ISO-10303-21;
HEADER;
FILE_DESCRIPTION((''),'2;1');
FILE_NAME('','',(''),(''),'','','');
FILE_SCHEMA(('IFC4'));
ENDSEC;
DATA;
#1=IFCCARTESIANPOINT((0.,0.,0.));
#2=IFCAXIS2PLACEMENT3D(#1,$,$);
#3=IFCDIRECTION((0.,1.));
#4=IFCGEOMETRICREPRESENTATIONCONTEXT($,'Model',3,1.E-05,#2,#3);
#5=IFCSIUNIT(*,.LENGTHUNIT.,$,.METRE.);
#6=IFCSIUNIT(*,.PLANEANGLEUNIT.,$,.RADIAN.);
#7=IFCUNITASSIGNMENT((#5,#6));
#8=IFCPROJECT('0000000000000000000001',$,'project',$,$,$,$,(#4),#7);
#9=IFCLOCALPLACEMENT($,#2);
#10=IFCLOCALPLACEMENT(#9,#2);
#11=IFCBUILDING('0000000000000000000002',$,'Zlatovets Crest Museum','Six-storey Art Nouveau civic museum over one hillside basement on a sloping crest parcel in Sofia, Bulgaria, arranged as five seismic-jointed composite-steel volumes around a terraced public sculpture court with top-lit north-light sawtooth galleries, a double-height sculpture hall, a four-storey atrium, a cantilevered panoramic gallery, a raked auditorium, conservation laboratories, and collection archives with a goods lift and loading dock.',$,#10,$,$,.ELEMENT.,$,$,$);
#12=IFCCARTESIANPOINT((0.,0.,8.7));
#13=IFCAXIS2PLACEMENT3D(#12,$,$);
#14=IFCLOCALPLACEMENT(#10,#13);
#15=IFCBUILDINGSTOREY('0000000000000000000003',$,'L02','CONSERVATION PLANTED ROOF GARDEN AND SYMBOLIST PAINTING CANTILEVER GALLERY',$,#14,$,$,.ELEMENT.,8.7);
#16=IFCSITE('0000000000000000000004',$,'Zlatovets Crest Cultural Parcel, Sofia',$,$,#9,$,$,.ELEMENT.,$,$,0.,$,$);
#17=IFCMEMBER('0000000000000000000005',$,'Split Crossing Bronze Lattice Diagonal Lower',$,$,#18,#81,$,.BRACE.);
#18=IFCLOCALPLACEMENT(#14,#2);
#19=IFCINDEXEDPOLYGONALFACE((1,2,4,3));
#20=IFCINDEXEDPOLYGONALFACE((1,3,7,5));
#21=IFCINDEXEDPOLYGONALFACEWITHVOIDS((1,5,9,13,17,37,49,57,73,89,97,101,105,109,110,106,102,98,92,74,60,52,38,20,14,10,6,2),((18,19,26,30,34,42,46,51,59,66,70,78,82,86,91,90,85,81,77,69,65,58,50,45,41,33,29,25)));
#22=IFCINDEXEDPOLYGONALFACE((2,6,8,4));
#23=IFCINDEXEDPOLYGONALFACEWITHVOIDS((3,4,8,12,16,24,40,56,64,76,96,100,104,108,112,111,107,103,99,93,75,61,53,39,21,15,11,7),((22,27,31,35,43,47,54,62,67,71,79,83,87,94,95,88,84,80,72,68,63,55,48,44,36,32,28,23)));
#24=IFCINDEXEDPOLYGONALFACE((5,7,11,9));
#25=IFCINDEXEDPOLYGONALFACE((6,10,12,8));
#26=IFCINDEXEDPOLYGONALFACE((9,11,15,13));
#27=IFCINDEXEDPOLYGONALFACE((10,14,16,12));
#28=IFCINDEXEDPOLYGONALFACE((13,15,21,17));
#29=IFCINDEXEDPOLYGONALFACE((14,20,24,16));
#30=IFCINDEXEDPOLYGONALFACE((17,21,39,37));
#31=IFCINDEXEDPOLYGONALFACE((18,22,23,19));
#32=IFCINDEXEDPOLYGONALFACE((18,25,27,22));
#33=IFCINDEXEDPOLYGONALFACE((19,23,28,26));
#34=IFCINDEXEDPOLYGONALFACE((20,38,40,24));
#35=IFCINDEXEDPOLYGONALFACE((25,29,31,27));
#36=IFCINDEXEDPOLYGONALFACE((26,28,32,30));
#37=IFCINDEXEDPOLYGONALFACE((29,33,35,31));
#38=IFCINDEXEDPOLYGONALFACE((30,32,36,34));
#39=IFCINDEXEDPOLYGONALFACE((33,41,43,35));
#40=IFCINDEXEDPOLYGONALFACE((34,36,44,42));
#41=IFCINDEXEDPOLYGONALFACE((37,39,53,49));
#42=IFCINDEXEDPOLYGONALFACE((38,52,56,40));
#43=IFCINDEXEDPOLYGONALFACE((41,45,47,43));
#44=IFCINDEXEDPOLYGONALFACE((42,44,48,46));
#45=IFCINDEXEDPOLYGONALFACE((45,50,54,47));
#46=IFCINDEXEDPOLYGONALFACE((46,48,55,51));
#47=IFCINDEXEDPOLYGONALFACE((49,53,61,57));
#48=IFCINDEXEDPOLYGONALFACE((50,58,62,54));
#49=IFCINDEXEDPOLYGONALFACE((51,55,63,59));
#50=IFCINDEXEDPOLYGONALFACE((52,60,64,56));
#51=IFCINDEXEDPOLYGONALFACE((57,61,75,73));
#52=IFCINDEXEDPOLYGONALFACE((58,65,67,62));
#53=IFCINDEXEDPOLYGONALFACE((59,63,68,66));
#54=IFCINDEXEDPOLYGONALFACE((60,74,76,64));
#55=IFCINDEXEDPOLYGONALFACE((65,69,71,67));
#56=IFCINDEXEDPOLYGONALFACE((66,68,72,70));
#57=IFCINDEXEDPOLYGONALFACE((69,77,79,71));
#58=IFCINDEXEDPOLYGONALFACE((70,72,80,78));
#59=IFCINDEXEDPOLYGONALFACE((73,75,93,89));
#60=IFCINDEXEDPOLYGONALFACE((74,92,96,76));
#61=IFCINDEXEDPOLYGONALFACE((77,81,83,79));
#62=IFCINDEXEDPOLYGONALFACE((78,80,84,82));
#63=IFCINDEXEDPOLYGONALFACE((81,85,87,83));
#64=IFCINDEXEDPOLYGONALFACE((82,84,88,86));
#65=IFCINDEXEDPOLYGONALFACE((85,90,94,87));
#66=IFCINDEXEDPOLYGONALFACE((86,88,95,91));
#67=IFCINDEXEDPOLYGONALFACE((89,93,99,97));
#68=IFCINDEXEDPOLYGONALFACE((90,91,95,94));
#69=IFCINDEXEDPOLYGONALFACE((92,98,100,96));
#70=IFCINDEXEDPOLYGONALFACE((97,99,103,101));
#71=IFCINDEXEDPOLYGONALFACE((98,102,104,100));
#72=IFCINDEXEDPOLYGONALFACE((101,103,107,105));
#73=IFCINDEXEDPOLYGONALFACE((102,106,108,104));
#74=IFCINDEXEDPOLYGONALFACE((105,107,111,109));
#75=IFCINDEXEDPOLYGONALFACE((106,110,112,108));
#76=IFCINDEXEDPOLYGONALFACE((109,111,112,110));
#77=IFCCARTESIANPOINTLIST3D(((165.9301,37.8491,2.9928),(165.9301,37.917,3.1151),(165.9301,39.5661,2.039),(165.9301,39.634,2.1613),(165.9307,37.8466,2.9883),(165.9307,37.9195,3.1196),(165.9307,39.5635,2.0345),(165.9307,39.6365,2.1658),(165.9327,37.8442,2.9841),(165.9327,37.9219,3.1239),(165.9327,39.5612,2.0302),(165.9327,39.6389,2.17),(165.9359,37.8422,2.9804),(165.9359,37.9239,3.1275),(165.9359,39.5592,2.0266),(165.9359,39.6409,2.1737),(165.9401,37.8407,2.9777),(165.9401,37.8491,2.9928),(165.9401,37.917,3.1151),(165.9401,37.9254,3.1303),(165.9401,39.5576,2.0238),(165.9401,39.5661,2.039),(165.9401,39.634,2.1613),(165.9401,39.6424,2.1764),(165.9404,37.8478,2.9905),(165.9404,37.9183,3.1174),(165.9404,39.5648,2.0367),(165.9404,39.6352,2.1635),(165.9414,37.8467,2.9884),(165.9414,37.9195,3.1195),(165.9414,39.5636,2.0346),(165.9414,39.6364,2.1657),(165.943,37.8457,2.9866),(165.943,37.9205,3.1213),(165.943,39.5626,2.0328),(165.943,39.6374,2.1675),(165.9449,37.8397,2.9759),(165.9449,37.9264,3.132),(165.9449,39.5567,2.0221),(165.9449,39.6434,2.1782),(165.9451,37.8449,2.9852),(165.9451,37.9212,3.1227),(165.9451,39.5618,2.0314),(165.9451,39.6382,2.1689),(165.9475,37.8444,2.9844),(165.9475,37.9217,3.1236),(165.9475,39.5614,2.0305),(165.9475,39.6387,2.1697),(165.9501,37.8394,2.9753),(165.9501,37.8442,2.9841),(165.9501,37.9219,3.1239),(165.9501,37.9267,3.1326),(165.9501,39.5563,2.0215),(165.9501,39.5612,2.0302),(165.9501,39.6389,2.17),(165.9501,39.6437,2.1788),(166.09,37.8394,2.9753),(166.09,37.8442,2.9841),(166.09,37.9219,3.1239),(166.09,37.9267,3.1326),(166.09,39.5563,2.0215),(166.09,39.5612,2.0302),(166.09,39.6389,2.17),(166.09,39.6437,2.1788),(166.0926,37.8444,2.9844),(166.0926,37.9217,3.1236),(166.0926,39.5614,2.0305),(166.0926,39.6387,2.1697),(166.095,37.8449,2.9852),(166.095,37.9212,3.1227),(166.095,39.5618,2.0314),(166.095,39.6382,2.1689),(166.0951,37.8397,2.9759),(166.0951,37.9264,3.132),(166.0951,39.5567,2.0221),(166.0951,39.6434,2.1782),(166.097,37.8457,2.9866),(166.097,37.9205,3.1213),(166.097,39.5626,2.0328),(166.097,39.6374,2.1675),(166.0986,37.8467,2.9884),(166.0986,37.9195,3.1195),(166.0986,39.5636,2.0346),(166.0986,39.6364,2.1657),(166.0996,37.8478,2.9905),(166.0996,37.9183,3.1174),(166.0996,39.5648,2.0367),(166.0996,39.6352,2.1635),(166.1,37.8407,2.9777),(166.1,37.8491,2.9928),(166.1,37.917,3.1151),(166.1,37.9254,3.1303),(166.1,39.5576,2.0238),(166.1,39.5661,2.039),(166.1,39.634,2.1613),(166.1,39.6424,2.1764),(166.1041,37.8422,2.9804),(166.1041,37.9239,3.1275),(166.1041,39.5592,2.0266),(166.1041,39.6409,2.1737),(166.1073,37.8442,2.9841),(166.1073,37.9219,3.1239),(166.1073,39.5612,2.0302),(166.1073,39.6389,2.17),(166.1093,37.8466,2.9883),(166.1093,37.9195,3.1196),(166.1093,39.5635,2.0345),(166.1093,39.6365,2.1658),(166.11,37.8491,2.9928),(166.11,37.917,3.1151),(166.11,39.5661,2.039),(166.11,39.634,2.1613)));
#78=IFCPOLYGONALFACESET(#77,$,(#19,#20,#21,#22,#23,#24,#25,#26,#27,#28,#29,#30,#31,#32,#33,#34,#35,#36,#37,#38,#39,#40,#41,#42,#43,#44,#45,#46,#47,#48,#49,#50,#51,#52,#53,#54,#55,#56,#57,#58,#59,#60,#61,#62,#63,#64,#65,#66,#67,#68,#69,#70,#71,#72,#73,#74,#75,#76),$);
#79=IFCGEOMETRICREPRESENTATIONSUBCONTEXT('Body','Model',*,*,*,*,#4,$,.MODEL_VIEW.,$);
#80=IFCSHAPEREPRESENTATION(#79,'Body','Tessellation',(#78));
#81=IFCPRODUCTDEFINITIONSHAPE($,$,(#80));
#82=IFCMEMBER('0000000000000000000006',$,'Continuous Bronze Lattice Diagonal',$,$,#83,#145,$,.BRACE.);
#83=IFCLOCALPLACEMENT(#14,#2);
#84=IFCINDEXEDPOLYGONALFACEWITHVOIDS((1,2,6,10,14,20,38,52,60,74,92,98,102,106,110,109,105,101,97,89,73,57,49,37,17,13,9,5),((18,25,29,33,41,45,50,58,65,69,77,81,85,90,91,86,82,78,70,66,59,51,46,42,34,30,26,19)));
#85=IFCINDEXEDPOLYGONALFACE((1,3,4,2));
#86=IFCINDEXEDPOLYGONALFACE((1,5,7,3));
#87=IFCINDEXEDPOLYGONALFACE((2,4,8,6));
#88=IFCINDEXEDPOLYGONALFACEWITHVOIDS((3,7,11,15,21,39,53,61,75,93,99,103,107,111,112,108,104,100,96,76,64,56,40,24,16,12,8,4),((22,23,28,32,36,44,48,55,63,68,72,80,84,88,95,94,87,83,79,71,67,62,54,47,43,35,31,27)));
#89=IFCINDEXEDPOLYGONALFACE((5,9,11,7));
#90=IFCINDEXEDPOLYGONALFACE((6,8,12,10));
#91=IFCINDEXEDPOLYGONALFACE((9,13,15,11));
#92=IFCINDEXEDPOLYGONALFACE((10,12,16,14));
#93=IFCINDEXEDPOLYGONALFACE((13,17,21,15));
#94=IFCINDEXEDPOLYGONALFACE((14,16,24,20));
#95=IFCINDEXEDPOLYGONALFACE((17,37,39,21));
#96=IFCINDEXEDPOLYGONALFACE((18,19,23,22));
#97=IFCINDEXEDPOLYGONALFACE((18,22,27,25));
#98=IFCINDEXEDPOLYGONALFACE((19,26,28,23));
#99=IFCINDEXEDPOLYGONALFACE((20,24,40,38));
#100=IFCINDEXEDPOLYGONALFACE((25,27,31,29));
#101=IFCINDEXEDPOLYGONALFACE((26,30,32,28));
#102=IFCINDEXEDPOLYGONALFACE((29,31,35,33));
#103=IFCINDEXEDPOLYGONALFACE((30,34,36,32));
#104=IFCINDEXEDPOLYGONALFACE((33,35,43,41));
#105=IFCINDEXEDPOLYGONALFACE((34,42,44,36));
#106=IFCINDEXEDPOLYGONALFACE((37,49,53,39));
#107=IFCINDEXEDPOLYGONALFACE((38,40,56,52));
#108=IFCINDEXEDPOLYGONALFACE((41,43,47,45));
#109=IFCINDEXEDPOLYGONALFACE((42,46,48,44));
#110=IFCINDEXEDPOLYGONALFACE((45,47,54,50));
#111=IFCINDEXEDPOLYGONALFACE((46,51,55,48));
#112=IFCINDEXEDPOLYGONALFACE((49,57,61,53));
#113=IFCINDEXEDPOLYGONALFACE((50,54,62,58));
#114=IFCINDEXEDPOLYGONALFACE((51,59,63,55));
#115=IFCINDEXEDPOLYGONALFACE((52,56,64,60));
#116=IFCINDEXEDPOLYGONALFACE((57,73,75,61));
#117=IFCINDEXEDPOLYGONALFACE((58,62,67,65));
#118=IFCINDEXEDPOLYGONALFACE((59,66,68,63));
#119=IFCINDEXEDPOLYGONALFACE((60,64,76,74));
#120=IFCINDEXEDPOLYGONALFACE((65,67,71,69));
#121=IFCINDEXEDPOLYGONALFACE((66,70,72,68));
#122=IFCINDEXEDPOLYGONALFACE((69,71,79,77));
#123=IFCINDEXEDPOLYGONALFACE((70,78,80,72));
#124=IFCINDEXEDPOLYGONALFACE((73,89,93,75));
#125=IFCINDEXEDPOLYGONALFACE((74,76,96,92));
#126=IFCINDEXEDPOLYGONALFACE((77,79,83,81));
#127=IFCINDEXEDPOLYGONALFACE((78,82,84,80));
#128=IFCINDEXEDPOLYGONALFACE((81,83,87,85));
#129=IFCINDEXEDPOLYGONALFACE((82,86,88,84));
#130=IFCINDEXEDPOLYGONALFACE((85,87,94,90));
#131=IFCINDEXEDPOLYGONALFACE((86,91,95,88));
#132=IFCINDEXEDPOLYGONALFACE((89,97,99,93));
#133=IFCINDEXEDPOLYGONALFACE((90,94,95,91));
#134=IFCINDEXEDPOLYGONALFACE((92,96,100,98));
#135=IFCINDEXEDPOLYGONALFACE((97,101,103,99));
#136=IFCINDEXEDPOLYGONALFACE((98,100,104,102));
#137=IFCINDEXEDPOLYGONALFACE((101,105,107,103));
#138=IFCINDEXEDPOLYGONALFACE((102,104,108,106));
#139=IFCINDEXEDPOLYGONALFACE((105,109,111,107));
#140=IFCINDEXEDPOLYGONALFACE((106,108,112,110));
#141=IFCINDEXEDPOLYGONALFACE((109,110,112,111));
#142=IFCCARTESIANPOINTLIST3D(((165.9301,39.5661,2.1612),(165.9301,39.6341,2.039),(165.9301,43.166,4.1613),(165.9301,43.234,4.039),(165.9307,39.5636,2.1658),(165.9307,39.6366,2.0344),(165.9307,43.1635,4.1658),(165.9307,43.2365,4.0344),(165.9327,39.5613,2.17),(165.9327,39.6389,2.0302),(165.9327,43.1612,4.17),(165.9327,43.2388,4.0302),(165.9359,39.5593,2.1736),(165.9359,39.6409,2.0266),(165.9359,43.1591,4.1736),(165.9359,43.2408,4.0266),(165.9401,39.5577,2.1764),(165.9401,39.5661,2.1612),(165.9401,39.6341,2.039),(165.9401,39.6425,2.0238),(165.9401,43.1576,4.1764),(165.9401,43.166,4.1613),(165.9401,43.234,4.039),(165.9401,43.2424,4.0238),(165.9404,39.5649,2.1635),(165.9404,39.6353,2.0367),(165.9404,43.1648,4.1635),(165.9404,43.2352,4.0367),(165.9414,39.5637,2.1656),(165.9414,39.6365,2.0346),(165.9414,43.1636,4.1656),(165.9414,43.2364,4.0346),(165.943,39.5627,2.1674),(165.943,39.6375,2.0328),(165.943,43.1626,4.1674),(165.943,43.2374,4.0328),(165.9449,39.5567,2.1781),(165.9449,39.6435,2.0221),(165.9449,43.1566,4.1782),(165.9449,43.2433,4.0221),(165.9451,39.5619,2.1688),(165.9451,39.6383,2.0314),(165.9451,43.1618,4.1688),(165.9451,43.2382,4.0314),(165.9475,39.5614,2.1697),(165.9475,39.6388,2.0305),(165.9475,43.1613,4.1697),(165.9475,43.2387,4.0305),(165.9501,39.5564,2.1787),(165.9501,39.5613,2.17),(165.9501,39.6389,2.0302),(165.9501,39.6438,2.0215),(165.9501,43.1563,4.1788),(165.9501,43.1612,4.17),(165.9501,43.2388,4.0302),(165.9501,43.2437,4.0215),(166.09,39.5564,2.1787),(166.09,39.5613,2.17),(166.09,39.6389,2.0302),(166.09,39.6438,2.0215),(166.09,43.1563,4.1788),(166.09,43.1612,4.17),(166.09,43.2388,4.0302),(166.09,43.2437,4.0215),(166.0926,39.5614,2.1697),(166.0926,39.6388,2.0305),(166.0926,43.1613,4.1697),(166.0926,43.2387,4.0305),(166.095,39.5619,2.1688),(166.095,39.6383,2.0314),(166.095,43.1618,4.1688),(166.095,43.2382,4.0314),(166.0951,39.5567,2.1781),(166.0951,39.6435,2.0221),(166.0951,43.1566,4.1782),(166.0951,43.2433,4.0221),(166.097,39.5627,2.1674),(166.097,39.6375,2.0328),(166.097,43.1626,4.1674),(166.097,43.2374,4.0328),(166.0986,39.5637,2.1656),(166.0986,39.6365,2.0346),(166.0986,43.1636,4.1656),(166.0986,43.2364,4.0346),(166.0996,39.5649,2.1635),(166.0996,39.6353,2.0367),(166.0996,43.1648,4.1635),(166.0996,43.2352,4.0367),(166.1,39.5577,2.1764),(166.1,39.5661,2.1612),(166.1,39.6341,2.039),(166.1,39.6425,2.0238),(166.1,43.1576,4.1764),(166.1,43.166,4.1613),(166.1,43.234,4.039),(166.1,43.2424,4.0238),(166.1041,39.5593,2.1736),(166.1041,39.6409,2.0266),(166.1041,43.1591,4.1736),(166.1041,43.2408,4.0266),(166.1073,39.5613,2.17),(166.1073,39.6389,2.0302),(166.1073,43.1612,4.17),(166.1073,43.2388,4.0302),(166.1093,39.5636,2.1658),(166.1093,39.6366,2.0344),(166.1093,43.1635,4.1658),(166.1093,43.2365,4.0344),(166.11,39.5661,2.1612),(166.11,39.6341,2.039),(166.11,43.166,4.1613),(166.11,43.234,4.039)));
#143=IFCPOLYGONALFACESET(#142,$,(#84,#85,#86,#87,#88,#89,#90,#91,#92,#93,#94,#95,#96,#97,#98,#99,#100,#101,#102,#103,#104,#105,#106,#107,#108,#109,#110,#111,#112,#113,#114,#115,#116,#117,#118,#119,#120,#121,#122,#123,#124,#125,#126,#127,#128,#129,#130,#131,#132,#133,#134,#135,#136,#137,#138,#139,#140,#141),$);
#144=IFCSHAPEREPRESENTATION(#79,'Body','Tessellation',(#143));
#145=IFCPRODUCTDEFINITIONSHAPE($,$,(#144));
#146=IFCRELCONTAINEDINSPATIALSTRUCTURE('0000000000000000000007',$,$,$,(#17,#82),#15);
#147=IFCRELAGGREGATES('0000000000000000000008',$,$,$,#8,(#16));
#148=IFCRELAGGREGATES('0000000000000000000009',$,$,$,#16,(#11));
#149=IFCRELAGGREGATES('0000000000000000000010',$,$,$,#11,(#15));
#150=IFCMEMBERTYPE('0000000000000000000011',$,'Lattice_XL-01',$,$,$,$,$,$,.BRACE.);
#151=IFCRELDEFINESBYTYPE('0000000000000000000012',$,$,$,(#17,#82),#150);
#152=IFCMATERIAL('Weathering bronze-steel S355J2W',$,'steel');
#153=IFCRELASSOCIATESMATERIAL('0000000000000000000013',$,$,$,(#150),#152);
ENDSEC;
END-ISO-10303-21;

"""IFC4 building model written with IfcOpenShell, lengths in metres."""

from ifc_helpers import new_model, si_unit, direction, frame, origin, origin_2d, place, context, subcontext, project, spatial, hollow_rectangle, extrude, material, material_profile, profile_set, type_object, element, save


model = new_model("IFC4")

# Units and contexts
model_context = context("Model", 3, precision=1e-05, world=origin(), true_north=direction((0.0, 1.0)))
body_context = subcontext(model_context, "Body", "Model", "MODEL_VIEW")
ifc_project = project(units=[si_unit("LENGTHUNIT", "METRE"), si_unit("PLANEANGLEUNIT", "RADIAN")], contexts=[model_context])

# Site, building, storey
site_placement = place(None, origin())
site = spatial("IfcSite", under=ifc_project, at=site_placement, Name="Zlatovets Crest Cultural Parcel, Sofia", CompositionType="ELEMENT", RefElevation=0.0)
building_placement = place(site_placement, origin())
building = spatial("IfcBuilding", under=site, at=building_placement, Name="Zlatovets Crest Museum", Description="Six-storey Art Nouveau civic museum over one hillside basement on a sloping crest parcel in Sofia, Bulgaria, arranged as five seismic-jointed composite-steel volumes around a terraced public sculpture court with top-lit north-light sawtooth galleries, a double-height sculpture hall, a four-storey atrium, a cantilevered panoramic gallery, a raked auditorium, conservation laboratories, and collection archives with a goods lift and loading dock.", CompositionType="ELEMENT")
storey_placement = place(building_placement, frame((0.0, 0.0, 8.7)))
storey = spatial("IfcBuildingStorey", under=building, at=storey_placement, Name="L02", Description="CONSERVATION PLANTED ROOF GARDEN AND SYMBOLIST PAINTING CANTILEVER GALLERY", CompositionType="ELEMENT", Elevation=8.7)

# Members
ifc_material_1 = material(Name="Weathering bronze-steel S355J2W", Category="steel")
ifc_material_profile_1 = material_profile(ifc_material_1, hollow_rectangle(XDim=0.1799, YDim=0.1799, WallThickness=0.01, InnerFilletRadius=0.01, OuterFilletRadius=0.02, at=origin_2d()), Name="SHS 180x180x10.0")
ifc_profile_set_1 = profile_set([ifc_material_profile_1], Name="Weathering bronze-steel S355J2W")
member_type_1 = type_object("IfcMemberType", Name="Lattice_XL-01", PredefinedType="BRACE", material=ifc_profile_set_1)
for number, where, z_axis, x_axis, name in (
    (1, (166.02, 37.8831, 3.054), (0.0, 0.874169, -0.485622), (-1.0, 0.0, 0.0), "Split Crossing Bronze Lattice Diagonal Lower"),
):
    element("IfcMember", number, at=place(storey_placement, frame(where, z_axis=z_axis, x_axis=x_axis)), inside=storey, type_object=member_type_1, Name=name, PredefinedType="BRACE", context=body_context, shape_type="SweptSolid", body=[
        extrude(hollow_rectangle(XDim=0.1799, YDim=0.1799, WallThickness=0.01, InnerFilletRadius=0.01, OuterFilletRadius=0.02, at=origin_2d()), origin(), (0.0, 0.0, 1.0), 1.9641),
    ])
member_1_placement = place(storey_placement, frame((166.02, 39.6001, 2.1001), z_axis=(0.0, 0.874149, 0.485658), x_axis=(-1.0, 0.0, 0.0)))
element("IfcMember", 2, at=member_1_placement, inside=storey, type_object=member_type_1, Name="Continuous Bronze Lattice Diagonal", PredefinedType="BRACE", context=body_context, shape_type="SweptSolid", body=[
    extrude(hollow_rectangle(XDim=0.1799, YDim=0.1799, WallThickness=0.01, InnerFilletRadius=0.01, OuterFilletRadius=0.02, at=origin_2d()), origin(), (0.0, 0.0, 1.0), 4.1182),
])

save(model, "model.ifc")
